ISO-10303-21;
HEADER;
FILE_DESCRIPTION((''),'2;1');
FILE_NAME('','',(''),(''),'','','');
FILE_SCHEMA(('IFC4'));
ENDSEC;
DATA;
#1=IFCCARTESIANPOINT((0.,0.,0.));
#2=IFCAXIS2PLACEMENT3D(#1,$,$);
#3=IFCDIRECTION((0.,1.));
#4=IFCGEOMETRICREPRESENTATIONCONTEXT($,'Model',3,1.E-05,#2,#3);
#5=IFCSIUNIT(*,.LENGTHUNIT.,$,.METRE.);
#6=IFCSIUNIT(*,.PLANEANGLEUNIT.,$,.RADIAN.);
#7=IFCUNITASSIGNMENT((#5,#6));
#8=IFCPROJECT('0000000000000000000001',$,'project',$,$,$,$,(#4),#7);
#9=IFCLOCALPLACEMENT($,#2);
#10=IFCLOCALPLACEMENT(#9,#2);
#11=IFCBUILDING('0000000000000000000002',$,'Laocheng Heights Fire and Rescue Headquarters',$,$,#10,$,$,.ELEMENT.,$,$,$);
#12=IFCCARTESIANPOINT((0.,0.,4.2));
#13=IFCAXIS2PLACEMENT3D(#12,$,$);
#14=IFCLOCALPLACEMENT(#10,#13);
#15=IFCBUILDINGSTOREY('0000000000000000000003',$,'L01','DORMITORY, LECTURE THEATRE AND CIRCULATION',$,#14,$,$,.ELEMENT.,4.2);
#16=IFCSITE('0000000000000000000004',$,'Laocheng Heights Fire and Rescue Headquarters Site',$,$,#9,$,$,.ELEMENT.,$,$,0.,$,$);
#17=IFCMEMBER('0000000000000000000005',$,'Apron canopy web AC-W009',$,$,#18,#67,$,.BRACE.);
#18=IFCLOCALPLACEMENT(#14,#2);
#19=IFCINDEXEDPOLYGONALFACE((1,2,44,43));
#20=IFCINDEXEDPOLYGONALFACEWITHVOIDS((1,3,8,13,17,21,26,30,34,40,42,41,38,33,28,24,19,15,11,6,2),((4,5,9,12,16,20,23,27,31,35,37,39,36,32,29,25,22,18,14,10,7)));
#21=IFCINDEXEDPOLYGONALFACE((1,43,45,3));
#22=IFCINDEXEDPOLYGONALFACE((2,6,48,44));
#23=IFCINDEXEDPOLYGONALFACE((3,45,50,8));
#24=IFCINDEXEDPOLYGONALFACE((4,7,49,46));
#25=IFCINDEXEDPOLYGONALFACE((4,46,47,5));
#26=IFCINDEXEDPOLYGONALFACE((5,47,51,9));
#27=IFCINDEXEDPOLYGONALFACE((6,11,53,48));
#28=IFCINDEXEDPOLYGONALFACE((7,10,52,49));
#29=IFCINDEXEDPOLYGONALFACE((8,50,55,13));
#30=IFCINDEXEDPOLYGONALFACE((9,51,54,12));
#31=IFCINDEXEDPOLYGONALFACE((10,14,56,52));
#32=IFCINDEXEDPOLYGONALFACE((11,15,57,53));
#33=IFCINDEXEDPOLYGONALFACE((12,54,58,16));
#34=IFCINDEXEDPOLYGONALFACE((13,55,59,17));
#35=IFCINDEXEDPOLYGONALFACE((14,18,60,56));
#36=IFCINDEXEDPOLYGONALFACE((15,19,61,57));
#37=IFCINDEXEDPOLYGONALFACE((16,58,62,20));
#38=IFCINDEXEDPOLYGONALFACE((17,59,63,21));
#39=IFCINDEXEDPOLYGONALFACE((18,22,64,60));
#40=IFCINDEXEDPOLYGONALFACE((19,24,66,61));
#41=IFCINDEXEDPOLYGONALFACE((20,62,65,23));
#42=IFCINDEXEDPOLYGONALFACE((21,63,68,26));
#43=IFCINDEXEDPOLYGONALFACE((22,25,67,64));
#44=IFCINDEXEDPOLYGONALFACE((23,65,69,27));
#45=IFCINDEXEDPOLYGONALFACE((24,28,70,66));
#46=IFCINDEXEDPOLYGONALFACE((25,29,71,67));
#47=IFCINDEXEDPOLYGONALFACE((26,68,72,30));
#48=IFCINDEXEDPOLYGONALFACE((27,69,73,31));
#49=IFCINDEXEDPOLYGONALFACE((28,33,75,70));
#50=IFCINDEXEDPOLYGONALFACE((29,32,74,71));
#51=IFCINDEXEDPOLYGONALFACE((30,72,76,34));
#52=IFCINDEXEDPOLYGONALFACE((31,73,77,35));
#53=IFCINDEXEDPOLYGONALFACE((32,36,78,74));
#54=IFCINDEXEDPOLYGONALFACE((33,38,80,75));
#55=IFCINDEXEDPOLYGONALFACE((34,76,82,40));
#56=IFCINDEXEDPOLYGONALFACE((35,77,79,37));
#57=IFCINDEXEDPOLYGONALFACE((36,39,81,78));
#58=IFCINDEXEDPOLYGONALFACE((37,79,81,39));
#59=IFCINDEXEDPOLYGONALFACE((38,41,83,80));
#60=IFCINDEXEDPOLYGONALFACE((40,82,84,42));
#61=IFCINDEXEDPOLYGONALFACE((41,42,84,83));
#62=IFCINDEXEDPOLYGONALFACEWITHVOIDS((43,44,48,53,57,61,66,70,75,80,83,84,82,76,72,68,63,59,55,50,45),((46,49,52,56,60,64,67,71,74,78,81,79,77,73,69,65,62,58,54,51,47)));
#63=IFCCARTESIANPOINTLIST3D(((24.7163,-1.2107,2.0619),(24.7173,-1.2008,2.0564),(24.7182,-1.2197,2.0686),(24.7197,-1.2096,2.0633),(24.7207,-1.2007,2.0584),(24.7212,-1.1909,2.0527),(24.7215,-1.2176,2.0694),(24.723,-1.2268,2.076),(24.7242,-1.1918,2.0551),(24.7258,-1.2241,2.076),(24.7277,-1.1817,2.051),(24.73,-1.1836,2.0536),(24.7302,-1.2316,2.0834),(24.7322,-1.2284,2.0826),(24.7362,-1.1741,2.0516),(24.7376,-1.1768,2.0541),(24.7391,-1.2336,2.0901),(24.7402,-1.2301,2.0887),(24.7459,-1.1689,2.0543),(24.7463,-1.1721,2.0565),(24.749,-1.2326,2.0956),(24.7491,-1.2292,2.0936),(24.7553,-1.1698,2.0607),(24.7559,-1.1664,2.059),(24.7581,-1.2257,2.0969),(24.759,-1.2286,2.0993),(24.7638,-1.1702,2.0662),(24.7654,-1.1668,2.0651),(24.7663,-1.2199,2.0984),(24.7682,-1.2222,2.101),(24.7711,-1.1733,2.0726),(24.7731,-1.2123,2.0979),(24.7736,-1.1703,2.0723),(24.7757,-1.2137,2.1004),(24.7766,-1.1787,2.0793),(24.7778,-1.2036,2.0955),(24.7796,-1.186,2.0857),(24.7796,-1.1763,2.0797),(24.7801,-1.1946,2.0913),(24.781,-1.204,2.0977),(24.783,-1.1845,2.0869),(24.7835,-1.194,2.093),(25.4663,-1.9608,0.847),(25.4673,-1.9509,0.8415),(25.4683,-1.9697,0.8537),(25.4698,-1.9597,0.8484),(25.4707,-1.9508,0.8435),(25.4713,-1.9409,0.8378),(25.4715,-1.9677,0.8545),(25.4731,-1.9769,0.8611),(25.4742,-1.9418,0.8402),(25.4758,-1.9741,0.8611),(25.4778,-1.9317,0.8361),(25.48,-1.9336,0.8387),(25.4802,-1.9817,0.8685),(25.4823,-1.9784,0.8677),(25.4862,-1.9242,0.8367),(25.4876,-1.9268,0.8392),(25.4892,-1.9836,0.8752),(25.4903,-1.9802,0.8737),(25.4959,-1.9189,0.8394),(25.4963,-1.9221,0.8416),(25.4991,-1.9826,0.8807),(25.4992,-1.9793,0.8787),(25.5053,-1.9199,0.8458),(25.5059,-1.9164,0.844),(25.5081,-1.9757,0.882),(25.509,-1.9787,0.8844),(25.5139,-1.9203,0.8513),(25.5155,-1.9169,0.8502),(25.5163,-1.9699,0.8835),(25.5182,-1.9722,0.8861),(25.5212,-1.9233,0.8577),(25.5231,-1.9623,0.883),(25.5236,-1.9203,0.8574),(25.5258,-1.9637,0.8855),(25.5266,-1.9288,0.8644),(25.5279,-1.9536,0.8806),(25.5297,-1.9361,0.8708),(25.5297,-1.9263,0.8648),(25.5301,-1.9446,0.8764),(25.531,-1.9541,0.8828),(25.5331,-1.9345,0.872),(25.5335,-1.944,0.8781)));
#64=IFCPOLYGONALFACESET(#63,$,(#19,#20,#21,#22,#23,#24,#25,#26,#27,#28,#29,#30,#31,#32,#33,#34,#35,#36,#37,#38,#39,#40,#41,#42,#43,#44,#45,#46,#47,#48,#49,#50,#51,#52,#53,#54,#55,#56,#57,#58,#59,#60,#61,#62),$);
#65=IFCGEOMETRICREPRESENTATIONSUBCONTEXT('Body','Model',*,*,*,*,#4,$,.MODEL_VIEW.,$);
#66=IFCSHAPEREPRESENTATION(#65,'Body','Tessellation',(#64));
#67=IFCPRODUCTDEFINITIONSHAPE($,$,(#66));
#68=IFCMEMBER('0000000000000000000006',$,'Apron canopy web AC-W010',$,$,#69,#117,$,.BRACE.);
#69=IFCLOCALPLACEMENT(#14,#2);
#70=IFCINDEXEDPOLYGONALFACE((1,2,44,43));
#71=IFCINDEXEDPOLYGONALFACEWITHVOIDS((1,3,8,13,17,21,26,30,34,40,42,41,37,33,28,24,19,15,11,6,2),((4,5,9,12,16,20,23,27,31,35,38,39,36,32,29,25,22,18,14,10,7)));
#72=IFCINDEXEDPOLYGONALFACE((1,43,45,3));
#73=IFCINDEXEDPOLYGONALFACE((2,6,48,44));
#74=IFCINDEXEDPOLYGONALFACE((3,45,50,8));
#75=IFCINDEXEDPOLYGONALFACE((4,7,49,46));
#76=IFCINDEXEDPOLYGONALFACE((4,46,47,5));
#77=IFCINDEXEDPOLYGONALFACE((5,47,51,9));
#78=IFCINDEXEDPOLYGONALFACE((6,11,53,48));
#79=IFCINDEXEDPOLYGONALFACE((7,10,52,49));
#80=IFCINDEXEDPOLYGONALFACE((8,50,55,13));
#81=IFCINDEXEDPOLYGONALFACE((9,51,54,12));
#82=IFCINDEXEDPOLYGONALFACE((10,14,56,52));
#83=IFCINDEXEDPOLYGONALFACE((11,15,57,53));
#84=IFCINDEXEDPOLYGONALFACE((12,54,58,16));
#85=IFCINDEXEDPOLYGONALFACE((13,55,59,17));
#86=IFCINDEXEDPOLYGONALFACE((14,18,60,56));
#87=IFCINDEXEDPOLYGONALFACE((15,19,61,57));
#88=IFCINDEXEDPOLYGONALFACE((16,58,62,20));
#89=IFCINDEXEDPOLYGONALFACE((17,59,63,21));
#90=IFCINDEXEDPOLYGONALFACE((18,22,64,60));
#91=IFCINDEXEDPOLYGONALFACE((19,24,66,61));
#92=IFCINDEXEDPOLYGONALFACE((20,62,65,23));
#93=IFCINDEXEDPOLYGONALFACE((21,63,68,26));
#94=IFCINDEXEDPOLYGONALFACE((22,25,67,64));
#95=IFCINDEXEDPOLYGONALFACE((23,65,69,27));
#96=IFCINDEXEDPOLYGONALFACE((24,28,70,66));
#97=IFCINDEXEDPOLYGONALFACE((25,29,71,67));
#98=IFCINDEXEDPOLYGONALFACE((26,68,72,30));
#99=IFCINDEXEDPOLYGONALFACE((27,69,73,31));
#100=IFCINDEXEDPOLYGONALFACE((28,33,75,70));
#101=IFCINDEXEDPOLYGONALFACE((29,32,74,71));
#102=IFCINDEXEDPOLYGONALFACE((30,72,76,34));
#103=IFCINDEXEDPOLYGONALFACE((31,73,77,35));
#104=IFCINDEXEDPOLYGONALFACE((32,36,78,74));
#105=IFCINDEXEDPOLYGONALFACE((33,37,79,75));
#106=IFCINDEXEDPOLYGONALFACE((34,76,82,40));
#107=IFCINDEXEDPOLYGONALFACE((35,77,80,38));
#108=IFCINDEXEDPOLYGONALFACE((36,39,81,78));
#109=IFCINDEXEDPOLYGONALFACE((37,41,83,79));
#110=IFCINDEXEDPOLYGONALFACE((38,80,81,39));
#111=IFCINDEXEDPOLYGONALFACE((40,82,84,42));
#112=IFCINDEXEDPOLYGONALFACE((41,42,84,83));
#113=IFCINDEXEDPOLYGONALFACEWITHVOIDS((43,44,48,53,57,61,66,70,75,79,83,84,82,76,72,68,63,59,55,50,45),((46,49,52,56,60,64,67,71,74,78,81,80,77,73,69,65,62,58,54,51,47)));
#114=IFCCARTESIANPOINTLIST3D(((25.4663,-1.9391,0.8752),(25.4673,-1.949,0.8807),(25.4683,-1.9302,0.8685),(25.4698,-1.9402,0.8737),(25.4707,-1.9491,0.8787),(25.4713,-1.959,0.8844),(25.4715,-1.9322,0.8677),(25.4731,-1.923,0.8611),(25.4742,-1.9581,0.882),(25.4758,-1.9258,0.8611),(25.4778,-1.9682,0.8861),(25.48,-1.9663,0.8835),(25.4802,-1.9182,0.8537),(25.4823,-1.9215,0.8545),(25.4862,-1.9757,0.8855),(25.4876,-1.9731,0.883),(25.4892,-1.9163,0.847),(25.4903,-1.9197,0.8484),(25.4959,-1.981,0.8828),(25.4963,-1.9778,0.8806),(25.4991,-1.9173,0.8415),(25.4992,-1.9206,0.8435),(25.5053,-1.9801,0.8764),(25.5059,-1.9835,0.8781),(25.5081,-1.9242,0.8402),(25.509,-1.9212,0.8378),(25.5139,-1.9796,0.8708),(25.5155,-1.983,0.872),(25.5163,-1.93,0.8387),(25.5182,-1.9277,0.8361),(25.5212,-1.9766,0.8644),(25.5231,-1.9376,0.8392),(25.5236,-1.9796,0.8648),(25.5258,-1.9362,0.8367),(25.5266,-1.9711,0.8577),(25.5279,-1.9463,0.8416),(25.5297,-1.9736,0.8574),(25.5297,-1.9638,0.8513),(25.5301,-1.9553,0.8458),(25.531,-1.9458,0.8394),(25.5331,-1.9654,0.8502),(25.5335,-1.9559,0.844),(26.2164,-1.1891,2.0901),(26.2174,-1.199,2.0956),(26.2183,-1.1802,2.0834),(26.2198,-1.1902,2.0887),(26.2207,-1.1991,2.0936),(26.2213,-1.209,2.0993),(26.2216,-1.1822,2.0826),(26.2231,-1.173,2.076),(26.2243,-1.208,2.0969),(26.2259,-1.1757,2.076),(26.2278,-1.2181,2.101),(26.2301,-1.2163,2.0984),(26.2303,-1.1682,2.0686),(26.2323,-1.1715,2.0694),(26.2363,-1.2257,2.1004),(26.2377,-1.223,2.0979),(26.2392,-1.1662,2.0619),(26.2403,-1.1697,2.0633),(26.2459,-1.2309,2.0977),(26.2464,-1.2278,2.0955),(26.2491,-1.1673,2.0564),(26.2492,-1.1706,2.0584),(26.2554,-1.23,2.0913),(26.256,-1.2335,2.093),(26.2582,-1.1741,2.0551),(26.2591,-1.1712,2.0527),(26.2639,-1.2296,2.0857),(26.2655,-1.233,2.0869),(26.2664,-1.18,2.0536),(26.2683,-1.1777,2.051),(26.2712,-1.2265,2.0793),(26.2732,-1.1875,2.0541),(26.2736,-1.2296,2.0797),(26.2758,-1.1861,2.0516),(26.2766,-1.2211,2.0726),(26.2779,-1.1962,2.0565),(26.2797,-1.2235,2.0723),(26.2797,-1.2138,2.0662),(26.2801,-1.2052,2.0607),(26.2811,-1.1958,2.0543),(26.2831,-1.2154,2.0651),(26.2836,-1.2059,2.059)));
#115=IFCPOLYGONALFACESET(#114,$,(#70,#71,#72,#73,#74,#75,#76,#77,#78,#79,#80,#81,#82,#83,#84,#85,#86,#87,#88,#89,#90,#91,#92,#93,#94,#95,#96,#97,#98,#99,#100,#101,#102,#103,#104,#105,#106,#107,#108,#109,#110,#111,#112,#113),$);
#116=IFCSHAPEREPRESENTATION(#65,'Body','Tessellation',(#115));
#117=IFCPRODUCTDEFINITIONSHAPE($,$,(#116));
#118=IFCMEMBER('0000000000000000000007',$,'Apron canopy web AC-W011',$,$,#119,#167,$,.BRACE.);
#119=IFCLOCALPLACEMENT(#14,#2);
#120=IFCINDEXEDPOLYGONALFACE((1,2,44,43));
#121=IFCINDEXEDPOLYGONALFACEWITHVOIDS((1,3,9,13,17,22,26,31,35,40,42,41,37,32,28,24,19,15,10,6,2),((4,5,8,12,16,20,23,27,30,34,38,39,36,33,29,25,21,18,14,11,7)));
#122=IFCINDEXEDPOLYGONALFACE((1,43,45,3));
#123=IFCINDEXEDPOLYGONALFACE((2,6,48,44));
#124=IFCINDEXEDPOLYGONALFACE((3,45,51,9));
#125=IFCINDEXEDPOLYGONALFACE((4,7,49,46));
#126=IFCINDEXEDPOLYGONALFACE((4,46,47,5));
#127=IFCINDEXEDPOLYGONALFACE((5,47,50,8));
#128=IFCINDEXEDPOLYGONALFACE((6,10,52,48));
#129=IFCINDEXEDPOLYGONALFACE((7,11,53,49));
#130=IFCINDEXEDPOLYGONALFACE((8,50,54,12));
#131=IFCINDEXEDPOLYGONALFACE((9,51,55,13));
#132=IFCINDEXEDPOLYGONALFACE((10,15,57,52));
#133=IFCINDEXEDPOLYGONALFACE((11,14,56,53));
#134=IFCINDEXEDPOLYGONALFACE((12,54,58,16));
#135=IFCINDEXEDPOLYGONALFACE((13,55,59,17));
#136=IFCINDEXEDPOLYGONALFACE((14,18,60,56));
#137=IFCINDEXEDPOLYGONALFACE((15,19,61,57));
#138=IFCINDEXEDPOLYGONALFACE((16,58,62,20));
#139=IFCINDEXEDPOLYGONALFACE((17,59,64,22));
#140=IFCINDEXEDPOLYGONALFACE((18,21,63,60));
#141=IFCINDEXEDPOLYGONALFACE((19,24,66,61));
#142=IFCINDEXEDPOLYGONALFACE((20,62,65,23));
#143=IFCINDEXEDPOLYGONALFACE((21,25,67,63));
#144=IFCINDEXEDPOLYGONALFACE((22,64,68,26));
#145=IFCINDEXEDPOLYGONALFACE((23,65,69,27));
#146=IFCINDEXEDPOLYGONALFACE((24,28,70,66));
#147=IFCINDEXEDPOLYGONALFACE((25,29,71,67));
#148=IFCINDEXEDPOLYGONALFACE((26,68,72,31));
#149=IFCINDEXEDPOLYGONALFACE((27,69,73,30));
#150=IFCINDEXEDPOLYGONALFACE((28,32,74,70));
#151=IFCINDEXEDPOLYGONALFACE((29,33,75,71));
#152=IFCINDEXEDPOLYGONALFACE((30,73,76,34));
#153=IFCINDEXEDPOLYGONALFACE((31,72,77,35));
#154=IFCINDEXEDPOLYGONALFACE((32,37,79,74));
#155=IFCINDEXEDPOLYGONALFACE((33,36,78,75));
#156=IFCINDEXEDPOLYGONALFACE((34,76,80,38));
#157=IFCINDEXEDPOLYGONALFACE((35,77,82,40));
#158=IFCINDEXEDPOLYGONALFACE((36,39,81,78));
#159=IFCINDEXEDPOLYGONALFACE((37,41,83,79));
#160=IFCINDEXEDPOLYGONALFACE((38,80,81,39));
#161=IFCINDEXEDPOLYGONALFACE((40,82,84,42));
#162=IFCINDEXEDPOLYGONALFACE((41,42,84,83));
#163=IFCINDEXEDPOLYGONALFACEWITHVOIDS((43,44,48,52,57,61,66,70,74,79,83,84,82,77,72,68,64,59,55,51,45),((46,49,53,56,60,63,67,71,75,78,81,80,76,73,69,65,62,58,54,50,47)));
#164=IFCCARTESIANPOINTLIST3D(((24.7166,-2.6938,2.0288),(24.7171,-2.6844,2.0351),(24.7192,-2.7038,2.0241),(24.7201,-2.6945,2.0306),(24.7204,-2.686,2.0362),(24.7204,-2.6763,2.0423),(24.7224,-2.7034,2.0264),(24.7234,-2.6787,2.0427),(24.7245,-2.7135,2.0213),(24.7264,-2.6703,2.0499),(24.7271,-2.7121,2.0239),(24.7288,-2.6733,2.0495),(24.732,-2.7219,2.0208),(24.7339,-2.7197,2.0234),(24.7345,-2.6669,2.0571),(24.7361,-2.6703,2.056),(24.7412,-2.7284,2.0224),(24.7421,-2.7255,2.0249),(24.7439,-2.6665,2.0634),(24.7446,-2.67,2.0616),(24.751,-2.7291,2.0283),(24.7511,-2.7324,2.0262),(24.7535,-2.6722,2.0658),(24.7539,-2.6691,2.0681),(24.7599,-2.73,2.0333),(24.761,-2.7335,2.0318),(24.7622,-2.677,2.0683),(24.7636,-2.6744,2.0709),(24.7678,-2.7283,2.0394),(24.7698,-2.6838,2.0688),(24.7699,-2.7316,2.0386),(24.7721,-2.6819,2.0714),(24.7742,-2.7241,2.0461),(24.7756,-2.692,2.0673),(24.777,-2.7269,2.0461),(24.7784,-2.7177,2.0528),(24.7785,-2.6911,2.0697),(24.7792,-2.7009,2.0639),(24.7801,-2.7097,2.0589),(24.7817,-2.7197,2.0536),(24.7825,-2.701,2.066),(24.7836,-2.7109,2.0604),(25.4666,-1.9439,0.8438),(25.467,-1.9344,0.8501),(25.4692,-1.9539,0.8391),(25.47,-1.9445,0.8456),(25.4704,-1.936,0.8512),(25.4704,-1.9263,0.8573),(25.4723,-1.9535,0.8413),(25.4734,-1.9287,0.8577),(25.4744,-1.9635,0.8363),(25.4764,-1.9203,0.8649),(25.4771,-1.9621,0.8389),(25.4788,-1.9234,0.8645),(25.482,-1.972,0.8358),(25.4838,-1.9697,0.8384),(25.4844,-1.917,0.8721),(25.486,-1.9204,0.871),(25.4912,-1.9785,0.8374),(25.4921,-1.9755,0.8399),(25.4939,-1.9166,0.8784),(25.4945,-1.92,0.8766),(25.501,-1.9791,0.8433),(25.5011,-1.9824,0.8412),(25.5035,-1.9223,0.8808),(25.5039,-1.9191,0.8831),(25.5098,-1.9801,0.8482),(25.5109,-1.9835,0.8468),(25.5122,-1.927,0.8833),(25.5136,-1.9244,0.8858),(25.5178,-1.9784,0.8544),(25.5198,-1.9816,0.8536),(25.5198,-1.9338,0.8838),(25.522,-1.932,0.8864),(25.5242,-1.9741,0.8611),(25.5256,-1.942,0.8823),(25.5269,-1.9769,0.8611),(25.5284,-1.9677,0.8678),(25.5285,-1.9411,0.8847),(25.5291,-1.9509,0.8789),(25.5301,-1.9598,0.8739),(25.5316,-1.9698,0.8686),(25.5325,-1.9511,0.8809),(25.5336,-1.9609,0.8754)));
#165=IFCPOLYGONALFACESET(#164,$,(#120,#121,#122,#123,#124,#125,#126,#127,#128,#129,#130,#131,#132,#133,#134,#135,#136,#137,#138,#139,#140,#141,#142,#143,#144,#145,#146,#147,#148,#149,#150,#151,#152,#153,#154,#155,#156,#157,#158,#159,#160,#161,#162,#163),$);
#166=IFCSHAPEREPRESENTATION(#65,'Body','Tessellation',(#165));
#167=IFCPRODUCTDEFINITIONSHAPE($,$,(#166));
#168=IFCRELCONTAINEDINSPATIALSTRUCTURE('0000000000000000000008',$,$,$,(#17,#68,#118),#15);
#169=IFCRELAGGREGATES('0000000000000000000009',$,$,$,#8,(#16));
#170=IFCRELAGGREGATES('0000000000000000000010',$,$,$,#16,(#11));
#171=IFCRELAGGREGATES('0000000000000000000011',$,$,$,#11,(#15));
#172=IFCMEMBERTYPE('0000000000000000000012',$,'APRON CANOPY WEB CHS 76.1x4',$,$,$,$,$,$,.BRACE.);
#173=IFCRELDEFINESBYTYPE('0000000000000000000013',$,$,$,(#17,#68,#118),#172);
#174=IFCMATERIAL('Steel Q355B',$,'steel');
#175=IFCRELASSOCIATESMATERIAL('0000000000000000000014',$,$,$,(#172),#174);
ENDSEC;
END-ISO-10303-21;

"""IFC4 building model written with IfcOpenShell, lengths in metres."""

from ifc_helpers import new_model, si_unit, direction, frame, origin, origin_2d, place, context, subcontext, project, spatial, hollow_circle, extrude, material, material_profile, profile_set, type_object, element, save


model = new_model("IFC4")

# Units and contexts
model_context = context("Model", 3, precision=1e-05, world=origin(), true_north=direction((0.0, 1.0)))
body_context = subcontext(model_context, "Body", "Model", "MODEL_VIEW")
ifc_project = project(units=[si_unit("LENGTHUNIT", "METRE"), si_unit("PLANEANGLEUNIT", "RADIAN")], contexts=[model_context])

# Site, building, storey
site_placement = place(None, origin())
site = spatial("IfcSite", under=ifc_project, at=site_placement, Name="Laocheng Heights Fire and Rescue Headquarters Site", CompositionType="ELEMENT", RefElevation=0.0)
building_placement = place(site_placement, origin())
building = spatial("IfcBuilding", under=site, at=building_placement, Name="Laocheng Heights Fire and Rescue Headquarters", CompositionType="ELEMENT")
storey_placement = place(building_placement, frame((0.0, 0.0, 4.2)))
storey = spatial("IfcBuildingStorey", under=building, at=storey_placement, Name="L01", Description="DORMITORY, LECTURE THEATRE AND CIRCULATION", CompositionType="ELEMENT", Elevation=4.2)

# Members
ifc_material_1 = material(Name="Steel Q355B", Category="steel")
ifc_material_profile_1 = material_profile(ifc_material_1, hollow_circle(Radius=0.0381, WallThickness=0.0039, at=origin_2d()), Name="CHS 76.1x4")
ifc_profile_set_1 = profile_set([ifc_material_profile_1], Name="Steel Q355B")
member_type_1 = type_object("IfcMemberType", Name="APRON CANOPY WEB CHS 76.1x4", PredefinedType="BRACE", material=ifc_profile_set_1)
for number, where, z_axis, x_axis, name in (
    (1, (25.5, -1.95, 0.8611), (-0.465055, 0.465055, 0.753292), (-0.707107, -0.707107, 0.0), "Apron canopy web AC-W009"),
    (2, (25.5, -1.95, 0.8611), (0.465055, 0.465055, 0.753292), (-0.707107, 0.707107, 0.0), "Apron canopy web AC-W010"),
):
    element("IfcMember", number, at=place(storey_placement, frame(where, z_axis=z_axis, x_axis=x_axis)), inside=storey, type_object=member_type_1, Name=name, PredefinedType="BRACE", context=body_context, shape_type="SweptSolid", body=[
        extrude(hollow_circle(Radius=0.0381, WallThickness=0.0039, at=origin_2d()), origin(), (0.0, 0.0, 1.0), 1.6128),
    ])
for number, where, z_axis, x_axis, name in (
    (3, (25.5, -1.95, 0.8611), (-0.47158, -0.47158, 0.745134), (0.707107, -0.707107, 0.0), "Apron canopy web AC-W011"),
):
    element("IfcMember", number, at=place(storey_placement, frame(where, z_axis=z_axis, x_axis=x_axis)), inside=storey, type_object=member_type_1, Name=name, PredefinedType="BRACE", context=body_context, shape_type="SweptSolid", body=[
        extrude(hollow_circle(Radius=0.0381, WallThickness=0.0039, at=origin_2d()), origin(), (0.0, 0.0, 1.0), 1.5903),
    ])

save(model, "model.ifc")
